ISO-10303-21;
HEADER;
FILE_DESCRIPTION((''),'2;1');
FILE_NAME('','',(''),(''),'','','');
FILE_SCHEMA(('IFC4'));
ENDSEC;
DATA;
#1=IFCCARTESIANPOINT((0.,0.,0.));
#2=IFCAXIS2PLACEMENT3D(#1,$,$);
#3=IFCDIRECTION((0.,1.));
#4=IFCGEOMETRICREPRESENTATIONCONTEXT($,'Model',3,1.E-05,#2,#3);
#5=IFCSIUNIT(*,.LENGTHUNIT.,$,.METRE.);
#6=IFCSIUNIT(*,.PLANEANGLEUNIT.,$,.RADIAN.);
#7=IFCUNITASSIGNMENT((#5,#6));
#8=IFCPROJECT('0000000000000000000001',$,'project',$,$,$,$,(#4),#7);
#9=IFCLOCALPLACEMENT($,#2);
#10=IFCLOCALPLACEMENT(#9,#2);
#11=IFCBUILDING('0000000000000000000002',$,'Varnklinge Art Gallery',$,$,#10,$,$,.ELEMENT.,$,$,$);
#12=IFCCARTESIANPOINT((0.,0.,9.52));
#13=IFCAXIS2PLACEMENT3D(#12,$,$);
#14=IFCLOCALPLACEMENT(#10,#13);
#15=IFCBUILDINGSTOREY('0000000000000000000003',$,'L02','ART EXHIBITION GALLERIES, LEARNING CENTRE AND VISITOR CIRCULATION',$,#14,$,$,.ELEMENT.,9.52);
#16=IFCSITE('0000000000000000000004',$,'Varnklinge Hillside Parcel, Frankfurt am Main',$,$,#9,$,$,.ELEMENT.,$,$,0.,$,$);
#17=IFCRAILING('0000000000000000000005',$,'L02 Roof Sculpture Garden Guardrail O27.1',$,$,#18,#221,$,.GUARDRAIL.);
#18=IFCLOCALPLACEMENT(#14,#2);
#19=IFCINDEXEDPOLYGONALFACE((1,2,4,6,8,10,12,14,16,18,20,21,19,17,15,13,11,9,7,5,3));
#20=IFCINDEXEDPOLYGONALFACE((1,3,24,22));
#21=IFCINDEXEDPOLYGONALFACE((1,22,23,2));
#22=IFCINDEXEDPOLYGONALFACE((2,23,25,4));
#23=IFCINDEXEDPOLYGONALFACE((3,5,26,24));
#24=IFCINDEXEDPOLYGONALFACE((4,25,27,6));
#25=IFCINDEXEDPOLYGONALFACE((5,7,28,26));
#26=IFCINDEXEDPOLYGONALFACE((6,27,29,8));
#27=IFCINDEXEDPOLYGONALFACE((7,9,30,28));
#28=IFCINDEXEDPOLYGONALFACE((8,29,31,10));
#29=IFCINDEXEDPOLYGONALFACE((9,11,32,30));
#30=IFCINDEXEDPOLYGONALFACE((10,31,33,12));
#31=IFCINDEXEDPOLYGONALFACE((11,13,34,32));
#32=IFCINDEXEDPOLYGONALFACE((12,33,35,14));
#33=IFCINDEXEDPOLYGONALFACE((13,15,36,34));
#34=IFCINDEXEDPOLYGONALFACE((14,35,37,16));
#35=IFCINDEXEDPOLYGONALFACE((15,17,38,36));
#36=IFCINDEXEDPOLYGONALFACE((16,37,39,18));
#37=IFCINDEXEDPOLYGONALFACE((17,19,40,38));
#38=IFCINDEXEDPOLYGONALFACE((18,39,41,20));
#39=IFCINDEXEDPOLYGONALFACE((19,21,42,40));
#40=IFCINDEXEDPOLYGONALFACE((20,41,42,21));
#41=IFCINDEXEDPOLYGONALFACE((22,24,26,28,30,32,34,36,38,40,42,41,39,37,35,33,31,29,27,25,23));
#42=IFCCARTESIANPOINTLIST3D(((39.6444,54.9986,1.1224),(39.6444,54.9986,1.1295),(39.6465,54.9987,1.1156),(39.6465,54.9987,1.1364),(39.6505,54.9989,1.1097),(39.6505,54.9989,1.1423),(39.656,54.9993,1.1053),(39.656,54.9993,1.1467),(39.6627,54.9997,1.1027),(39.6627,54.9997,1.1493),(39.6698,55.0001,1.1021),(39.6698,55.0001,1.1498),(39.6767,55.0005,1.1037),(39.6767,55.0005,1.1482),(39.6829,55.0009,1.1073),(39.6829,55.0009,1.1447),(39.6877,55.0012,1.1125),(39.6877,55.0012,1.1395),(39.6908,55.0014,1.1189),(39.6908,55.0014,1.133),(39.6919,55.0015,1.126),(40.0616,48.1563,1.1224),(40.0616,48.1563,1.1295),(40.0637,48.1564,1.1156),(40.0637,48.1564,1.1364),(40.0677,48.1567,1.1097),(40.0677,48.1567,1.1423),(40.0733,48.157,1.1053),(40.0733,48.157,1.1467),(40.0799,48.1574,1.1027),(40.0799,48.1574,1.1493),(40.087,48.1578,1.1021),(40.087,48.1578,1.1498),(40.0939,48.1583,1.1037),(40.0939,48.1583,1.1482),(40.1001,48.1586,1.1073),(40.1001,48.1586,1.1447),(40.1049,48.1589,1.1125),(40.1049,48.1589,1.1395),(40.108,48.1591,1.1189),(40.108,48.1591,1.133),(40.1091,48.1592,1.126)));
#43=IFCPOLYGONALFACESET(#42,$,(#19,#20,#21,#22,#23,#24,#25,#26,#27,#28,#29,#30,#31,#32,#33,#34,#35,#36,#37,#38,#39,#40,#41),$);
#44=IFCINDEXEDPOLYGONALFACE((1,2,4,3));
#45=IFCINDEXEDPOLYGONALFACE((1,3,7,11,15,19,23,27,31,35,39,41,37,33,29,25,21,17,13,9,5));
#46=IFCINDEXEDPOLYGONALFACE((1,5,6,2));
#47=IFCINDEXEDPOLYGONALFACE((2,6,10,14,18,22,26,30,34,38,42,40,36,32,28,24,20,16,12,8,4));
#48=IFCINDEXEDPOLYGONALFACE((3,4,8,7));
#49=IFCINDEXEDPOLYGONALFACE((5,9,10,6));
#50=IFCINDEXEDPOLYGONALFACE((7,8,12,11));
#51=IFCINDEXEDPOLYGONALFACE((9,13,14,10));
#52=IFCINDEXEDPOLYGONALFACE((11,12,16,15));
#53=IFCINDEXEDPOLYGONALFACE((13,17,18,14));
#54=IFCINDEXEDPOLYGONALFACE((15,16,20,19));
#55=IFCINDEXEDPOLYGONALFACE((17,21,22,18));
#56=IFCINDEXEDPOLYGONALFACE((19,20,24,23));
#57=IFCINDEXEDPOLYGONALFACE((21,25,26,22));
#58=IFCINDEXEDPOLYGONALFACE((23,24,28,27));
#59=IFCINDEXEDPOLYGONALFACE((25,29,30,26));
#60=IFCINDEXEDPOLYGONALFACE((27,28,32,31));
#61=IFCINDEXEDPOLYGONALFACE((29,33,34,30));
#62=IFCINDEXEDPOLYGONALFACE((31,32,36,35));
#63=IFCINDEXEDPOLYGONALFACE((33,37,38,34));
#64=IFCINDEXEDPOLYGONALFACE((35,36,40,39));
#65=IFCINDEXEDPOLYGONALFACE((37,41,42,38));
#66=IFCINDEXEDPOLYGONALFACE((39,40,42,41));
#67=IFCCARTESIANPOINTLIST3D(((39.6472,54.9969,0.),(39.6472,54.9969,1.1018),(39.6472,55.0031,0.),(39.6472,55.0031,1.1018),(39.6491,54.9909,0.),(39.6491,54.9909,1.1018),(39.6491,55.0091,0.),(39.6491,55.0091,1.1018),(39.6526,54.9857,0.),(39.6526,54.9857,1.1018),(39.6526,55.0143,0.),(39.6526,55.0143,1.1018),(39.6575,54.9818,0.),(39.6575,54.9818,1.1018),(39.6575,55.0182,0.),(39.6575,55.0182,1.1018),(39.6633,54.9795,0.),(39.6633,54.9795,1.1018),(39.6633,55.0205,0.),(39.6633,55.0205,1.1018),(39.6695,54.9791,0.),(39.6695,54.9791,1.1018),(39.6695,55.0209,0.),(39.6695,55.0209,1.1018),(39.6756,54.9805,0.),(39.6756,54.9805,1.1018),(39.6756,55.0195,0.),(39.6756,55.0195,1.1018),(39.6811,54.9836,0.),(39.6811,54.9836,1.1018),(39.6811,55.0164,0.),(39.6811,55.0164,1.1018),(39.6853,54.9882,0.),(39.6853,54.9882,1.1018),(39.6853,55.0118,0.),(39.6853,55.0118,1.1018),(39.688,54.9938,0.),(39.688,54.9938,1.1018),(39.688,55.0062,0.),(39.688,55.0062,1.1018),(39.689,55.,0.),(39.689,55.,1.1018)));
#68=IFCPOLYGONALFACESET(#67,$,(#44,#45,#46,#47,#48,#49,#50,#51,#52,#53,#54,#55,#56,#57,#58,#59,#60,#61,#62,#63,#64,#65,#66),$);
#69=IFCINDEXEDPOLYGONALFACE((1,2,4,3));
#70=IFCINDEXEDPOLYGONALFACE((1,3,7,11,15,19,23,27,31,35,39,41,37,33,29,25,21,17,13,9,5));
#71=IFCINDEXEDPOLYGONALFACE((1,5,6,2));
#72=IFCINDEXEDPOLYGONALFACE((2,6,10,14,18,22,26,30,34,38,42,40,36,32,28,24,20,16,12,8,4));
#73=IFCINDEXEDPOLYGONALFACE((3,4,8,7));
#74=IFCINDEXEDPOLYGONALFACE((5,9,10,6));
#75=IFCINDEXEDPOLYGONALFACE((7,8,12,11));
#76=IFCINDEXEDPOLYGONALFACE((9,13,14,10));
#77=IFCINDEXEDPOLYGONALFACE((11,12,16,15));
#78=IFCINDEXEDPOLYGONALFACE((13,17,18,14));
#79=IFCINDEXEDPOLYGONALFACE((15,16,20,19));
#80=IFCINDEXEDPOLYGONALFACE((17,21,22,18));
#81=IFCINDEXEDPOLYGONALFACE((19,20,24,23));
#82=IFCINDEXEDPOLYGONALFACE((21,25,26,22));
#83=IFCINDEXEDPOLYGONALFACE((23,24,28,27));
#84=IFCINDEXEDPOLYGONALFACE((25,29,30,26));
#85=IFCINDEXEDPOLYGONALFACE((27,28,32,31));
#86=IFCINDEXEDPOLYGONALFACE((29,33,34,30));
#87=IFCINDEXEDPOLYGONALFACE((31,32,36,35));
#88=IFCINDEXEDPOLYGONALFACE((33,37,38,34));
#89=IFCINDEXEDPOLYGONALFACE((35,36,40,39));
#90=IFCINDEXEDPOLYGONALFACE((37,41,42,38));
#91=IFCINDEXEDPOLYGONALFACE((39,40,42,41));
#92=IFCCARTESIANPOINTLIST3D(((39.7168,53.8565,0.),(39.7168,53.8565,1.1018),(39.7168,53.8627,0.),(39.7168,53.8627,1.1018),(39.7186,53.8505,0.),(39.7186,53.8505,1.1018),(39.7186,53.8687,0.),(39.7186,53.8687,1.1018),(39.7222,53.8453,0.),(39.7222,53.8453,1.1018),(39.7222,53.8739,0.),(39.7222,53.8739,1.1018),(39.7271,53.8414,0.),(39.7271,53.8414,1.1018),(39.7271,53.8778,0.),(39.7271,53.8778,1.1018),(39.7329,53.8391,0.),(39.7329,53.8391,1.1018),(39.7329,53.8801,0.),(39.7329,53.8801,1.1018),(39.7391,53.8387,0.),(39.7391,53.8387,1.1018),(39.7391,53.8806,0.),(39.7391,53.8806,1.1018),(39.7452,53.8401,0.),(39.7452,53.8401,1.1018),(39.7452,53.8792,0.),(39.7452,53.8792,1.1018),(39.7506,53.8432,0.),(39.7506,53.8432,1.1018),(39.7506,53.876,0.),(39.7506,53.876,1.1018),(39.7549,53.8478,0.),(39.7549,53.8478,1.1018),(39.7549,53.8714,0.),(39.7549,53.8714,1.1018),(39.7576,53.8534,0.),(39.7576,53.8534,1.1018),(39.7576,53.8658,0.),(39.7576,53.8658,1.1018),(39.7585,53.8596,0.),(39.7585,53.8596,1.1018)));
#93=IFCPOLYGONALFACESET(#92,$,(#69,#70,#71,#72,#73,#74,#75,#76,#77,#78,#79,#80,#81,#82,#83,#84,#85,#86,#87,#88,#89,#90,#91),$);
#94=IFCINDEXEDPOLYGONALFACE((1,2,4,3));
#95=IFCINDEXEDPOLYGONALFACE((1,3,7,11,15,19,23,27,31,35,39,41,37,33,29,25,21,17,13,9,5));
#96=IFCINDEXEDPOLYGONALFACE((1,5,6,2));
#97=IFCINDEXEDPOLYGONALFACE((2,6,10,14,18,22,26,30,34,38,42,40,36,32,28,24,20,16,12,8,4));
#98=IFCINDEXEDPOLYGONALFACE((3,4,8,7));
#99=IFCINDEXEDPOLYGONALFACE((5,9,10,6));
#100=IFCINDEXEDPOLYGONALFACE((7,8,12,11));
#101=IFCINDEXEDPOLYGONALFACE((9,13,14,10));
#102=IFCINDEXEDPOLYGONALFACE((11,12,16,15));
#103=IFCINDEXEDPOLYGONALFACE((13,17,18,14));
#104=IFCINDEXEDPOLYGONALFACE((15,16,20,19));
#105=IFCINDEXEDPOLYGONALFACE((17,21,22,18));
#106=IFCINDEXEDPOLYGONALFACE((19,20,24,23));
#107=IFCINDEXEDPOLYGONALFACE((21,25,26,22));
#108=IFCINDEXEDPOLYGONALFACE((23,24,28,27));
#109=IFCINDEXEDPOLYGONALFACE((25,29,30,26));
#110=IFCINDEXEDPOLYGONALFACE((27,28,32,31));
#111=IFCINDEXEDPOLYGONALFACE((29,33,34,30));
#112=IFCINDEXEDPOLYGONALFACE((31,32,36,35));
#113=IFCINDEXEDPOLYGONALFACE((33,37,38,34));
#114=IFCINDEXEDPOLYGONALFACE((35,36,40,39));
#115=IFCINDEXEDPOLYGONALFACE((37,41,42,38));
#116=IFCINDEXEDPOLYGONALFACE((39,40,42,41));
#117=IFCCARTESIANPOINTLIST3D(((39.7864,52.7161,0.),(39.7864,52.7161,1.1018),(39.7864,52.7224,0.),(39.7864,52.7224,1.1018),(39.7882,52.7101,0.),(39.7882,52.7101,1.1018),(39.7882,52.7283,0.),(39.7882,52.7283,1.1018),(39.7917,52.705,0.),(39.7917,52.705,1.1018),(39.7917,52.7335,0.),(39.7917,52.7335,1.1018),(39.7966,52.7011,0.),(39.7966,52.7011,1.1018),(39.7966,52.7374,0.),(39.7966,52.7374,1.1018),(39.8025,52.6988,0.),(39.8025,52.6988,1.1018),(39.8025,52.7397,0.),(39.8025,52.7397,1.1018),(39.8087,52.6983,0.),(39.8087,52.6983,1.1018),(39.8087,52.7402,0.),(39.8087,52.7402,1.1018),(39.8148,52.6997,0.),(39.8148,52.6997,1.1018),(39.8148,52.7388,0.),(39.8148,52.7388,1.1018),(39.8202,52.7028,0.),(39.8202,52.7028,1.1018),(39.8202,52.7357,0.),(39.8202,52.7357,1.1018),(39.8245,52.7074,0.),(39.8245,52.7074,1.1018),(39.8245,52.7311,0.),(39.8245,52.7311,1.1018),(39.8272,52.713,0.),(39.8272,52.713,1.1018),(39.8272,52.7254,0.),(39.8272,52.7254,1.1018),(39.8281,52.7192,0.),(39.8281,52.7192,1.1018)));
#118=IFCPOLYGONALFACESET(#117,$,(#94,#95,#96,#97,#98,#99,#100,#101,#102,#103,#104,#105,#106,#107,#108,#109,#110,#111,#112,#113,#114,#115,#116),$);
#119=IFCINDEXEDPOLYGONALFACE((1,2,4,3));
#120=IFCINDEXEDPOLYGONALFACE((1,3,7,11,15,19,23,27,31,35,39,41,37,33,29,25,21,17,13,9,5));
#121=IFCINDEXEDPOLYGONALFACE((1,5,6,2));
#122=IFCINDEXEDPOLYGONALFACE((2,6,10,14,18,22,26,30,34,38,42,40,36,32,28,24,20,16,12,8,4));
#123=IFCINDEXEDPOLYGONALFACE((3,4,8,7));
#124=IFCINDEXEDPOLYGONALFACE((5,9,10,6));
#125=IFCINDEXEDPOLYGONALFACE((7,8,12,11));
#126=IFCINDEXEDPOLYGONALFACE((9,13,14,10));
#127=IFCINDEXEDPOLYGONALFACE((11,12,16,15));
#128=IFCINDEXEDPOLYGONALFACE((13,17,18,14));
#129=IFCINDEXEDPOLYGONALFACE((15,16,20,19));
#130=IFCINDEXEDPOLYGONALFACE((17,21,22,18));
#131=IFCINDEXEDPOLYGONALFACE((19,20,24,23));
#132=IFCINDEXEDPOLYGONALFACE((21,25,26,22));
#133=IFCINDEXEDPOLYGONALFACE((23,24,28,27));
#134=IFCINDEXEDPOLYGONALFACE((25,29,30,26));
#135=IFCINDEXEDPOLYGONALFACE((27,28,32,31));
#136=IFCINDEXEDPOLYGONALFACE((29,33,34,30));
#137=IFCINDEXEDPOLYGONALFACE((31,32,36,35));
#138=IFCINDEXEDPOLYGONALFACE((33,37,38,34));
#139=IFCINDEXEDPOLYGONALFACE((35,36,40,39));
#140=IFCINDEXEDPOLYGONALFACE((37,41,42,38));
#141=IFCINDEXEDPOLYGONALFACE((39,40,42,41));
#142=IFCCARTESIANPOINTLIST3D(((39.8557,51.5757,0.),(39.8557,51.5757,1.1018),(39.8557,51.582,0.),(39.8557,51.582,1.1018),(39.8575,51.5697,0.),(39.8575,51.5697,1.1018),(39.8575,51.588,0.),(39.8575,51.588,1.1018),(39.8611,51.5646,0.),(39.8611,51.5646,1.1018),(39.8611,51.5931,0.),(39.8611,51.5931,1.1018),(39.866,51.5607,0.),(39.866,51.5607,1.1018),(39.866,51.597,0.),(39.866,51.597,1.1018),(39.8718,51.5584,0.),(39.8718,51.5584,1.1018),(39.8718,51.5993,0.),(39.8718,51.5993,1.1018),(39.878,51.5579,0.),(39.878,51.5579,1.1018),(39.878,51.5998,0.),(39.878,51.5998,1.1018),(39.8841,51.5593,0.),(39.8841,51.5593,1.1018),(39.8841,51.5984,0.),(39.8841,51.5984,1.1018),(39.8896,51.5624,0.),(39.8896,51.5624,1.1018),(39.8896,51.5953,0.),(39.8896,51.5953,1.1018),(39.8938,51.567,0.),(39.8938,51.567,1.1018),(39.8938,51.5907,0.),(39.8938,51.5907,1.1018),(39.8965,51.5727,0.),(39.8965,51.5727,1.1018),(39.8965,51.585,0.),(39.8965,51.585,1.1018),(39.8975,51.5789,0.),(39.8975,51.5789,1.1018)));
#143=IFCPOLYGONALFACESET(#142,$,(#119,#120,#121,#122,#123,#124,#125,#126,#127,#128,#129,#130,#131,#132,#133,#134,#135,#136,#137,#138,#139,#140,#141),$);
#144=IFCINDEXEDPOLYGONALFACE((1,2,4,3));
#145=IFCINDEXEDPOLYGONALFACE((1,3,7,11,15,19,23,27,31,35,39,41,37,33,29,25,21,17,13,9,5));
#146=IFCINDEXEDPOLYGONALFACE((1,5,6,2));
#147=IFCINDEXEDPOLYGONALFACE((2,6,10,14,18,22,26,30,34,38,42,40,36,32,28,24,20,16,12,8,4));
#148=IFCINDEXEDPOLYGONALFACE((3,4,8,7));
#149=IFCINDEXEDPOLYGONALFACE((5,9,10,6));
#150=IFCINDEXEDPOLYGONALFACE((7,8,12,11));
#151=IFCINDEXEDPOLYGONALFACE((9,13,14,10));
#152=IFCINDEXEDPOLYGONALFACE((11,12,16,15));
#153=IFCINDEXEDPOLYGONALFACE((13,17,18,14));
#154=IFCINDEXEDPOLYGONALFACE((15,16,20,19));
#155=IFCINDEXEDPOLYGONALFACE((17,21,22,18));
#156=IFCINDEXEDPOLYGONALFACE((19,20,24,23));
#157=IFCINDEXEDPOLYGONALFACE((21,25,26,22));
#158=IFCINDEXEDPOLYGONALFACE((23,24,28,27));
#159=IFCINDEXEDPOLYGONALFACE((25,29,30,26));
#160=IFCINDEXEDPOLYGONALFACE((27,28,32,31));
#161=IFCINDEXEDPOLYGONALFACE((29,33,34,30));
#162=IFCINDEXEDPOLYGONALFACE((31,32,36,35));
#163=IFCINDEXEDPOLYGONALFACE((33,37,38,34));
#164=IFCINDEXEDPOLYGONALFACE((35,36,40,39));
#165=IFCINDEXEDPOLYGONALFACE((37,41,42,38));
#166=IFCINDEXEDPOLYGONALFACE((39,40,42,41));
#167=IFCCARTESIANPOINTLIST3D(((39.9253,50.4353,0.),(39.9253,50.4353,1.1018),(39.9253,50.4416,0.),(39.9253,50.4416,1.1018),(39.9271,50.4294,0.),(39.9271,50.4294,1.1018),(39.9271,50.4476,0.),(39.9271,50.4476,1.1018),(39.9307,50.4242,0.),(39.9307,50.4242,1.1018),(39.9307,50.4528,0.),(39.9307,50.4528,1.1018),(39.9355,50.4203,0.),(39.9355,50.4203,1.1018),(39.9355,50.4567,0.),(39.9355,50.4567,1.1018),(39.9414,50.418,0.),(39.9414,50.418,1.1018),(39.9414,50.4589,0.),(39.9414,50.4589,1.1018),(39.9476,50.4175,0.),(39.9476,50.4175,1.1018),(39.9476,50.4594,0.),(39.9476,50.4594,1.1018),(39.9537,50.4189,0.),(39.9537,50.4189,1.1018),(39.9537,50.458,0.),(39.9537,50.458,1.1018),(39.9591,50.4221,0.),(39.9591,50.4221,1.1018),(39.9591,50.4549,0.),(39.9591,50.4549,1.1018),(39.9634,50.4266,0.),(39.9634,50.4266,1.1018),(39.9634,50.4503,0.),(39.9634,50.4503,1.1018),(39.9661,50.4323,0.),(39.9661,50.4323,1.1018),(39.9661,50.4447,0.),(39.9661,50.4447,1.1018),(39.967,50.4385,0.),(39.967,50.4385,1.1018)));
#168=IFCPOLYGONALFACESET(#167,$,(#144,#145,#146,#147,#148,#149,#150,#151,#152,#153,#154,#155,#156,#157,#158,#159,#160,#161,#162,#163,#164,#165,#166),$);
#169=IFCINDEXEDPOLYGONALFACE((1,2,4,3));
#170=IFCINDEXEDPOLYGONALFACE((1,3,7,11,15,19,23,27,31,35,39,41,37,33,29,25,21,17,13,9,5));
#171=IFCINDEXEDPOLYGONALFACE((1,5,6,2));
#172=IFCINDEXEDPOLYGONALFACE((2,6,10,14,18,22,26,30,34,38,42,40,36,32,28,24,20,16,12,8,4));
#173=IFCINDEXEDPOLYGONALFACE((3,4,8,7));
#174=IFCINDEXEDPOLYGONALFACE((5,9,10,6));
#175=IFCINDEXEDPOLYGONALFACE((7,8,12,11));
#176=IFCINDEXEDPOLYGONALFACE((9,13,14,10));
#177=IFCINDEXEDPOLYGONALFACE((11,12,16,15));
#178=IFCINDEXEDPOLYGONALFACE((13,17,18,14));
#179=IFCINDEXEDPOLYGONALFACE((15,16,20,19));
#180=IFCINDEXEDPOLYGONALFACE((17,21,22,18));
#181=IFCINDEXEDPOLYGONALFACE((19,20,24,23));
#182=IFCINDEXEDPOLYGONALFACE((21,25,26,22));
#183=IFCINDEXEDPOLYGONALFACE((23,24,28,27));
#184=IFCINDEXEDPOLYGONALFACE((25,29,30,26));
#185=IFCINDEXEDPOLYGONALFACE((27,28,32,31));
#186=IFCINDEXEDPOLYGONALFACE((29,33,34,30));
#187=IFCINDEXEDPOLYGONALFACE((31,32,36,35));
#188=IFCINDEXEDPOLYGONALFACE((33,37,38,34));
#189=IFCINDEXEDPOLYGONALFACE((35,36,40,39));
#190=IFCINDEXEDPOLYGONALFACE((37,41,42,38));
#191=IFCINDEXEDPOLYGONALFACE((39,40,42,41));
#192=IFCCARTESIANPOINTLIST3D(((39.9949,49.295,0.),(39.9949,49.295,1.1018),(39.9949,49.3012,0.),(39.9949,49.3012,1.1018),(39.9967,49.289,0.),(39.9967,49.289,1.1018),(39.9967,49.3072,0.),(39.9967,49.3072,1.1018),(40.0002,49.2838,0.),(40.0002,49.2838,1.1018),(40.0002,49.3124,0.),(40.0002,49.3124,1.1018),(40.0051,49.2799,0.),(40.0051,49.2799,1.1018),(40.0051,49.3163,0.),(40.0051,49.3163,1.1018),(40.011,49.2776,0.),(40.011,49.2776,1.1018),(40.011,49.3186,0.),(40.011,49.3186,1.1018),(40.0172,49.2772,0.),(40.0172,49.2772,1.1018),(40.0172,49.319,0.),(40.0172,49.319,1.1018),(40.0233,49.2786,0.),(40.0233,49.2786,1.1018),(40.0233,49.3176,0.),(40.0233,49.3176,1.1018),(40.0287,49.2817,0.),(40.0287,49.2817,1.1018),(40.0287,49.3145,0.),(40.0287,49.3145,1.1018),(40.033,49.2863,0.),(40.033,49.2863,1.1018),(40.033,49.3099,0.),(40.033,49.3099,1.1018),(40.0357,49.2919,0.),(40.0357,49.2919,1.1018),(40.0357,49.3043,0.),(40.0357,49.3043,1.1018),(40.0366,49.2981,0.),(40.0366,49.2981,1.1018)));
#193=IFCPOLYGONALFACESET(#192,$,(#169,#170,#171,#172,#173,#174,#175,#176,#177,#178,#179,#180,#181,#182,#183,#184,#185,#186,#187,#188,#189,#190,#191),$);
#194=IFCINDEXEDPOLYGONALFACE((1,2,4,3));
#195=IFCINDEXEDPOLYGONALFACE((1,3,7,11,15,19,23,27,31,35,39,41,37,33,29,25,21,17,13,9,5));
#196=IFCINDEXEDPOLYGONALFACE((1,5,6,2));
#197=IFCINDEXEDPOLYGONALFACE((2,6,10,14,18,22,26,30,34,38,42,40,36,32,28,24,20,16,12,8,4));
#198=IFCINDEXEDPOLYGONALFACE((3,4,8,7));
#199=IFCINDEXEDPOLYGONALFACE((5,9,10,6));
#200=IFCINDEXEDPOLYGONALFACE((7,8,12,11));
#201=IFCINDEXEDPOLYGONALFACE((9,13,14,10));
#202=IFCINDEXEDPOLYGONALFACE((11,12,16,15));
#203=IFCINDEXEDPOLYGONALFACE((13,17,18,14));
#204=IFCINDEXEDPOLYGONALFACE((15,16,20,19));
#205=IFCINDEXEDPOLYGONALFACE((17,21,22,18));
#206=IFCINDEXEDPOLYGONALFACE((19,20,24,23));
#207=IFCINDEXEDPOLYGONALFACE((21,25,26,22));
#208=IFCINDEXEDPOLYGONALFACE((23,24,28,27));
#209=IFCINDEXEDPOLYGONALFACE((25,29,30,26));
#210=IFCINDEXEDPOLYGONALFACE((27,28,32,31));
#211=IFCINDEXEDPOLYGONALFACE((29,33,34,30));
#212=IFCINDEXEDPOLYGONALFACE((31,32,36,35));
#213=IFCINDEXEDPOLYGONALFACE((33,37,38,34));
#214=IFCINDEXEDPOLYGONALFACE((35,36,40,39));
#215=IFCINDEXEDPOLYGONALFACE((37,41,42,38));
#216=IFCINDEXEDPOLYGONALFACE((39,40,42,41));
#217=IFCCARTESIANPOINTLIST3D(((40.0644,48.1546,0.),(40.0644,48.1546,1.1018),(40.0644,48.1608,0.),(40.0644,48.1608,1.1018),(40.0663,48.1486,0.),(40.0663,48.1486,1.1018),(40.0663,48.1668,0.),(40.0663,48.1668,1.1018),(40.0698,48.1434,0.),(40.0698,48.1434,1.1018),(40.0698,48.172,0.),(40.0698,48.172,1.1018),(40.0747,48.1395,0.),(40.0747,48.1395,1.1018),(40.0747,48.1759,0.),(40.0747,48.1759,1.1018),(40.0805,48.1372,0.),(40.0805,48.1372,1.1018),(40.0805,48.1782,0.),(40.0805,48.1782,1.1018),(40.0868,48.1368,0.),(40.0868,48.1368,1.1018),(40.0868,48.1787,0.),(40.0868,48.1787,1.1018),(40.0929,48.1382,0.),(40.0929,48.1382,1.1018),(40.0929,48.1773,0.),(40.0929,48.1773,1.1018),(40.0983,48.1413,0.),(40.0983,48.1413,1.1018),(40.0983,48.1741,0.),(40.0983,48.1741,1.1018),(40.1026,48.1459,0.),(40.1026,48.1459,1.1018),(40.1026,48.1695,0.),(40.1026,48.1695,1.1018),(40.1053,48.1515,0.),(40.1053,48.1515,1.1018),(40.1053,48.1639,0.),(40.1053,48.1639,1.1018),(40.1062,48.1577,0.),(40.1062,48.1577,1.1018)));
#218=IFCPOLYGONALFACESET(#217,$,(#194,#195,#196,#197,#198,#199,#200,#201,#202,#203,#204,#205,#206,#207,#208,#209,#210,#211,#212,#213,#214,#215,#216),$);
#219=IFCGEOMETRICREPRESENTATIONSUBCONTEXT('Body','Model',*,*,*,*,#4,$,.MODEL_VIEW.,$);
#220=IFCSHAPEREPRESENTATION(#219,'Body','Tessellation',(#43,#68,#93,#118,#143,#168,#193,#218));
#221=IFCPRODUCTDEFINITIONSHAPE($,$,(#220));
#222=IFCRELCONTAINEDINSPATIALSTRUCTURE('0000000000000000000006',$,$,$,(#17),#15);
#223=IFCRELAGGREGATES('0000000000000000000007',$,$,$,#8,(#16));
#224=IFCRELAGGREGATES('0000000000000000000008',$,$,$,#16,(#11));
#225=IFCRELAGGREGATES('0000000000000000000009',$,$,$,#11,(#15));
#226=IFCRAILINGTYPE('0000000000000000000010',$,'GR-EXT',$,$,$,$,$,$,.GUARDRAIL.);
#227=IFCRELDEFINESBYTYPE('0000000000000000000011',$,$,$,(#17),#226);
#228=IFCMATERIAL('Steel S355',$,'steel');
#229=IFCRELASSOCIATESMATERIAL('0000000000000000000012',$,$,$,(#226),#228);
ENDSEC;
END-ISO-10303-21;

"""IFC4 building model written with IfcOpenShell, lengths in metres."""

from ifc_helpers import new_model, si_unit, direction, frame, origin, origin_2d, place, context, subcontext, project, spatial, circle, extrude, material, type_object, element, save


model = new_model("IFC4")

# Units and contexts
model_context = context("Model", 3, precision=1e-05, world=origin(), true_north=direction((0.0, 1.0)))
body_context = subcontext(model_context, "Body", "Model", "MODEL_VIEW")
ifc_project = project(units=[si_unit("LENGTHUNIT", "METRE"), si_unit("PLANEANGLEUNIT", "RADIAN")], contexts=[model_context])

# Site, building, storey
site_placement = place(None, origin())
site = spatial("IfcSite", under=ifc_project, at=site_placement, Name="Varnklinge Hillside Parcel, Frankfurt am Main", CompositionType="ELEMENT", RefElevation=0.0)
building_placement = place(site_placement, origin())
building = spatial("IfcBuilding", under=site, at=building_placement, Name="Varnklinge Art Gallery", CompositionType="ELEMENT")
storey_placement = place(building_placement, frame((0.0, 0.0, 9.52)))
storey = spatial("IfcBuildingStorey", under=building, at=storey_placement, Name="L02", Description="ART EXHIBITION GALLERIES, LEARNING CENTRE AND VISITOR CIRCULATION", CompositionType="ELEMENT", Elevation=9.52)

# Railing
ifc_material_1 = material(Name="Steel S355", Category="steel")
railing_type = type_object("IfcRailingType", Name="GR-EXT", PredefinedType="GUARDRAIL", material=ifc_material_1)
railing_1_placement = place(storey_placement, frame((39.668, 55.0, 0.0)))
element("IfcRailing", 1, at=railing_1_placement, inside=storey, type_object=railing_type, Name="L02 Roof Sculpture Garden Guardrail O27.1", PredefinedType="GUARDRAIL", context=body_context, shape_type="SweptSolid", body=[
    extrude(circle(Radius=0.0239, at=origin_2d()), frame((0.0, 0.0, 1.126), z_axis=(0.060866, -0.998146, 0.0), x_axis=(0.998146, 0.060866, 0.0)), (0.0, 0.0, 1.0), 6.855),
    extrude(circle(Radius=0.021, at=origin_2d()), origin(), (0.0, 0.0, 1.0), 1.1018),
    extrude(circle(Radius=0.021, at=origin_2d()), frame((0.0696, -1.1404, 0.0)), (0.0, 0.0, 1.0), 1.1018),
    extrude(circle(Radius=0.021, at=origin_2d()), frame((0.1392, -2.2808, 0.0)), (0.0, 0.0, 1.0), 1.1018),
    extrude(circle(Radius=0.021, at=origin_2d()), frame((0.2085, -3.4211, 0.0)), (0.0, 0.0, 1.0), 1.1018),
    extrude(circle(Radius=0.021, at=origin_2d()), frame((0.2781, -4.5615, 0.0)), (0.0, 0.0, 1.0), 1.1018),
    extrude(circle(Radius=0.021, at=origin_2d()), frame((0.3477, -5.7019, 0.0)), (0.0, 0.0, 1.0), 1.1018),
    extrude(circle(Radius=0.021, at=origin_2d()), frame((0.4172, -6.8423, 0.0)), (0.0, 0.0, 1.0), 1.1018),
])

save(model, "model.ifc")
